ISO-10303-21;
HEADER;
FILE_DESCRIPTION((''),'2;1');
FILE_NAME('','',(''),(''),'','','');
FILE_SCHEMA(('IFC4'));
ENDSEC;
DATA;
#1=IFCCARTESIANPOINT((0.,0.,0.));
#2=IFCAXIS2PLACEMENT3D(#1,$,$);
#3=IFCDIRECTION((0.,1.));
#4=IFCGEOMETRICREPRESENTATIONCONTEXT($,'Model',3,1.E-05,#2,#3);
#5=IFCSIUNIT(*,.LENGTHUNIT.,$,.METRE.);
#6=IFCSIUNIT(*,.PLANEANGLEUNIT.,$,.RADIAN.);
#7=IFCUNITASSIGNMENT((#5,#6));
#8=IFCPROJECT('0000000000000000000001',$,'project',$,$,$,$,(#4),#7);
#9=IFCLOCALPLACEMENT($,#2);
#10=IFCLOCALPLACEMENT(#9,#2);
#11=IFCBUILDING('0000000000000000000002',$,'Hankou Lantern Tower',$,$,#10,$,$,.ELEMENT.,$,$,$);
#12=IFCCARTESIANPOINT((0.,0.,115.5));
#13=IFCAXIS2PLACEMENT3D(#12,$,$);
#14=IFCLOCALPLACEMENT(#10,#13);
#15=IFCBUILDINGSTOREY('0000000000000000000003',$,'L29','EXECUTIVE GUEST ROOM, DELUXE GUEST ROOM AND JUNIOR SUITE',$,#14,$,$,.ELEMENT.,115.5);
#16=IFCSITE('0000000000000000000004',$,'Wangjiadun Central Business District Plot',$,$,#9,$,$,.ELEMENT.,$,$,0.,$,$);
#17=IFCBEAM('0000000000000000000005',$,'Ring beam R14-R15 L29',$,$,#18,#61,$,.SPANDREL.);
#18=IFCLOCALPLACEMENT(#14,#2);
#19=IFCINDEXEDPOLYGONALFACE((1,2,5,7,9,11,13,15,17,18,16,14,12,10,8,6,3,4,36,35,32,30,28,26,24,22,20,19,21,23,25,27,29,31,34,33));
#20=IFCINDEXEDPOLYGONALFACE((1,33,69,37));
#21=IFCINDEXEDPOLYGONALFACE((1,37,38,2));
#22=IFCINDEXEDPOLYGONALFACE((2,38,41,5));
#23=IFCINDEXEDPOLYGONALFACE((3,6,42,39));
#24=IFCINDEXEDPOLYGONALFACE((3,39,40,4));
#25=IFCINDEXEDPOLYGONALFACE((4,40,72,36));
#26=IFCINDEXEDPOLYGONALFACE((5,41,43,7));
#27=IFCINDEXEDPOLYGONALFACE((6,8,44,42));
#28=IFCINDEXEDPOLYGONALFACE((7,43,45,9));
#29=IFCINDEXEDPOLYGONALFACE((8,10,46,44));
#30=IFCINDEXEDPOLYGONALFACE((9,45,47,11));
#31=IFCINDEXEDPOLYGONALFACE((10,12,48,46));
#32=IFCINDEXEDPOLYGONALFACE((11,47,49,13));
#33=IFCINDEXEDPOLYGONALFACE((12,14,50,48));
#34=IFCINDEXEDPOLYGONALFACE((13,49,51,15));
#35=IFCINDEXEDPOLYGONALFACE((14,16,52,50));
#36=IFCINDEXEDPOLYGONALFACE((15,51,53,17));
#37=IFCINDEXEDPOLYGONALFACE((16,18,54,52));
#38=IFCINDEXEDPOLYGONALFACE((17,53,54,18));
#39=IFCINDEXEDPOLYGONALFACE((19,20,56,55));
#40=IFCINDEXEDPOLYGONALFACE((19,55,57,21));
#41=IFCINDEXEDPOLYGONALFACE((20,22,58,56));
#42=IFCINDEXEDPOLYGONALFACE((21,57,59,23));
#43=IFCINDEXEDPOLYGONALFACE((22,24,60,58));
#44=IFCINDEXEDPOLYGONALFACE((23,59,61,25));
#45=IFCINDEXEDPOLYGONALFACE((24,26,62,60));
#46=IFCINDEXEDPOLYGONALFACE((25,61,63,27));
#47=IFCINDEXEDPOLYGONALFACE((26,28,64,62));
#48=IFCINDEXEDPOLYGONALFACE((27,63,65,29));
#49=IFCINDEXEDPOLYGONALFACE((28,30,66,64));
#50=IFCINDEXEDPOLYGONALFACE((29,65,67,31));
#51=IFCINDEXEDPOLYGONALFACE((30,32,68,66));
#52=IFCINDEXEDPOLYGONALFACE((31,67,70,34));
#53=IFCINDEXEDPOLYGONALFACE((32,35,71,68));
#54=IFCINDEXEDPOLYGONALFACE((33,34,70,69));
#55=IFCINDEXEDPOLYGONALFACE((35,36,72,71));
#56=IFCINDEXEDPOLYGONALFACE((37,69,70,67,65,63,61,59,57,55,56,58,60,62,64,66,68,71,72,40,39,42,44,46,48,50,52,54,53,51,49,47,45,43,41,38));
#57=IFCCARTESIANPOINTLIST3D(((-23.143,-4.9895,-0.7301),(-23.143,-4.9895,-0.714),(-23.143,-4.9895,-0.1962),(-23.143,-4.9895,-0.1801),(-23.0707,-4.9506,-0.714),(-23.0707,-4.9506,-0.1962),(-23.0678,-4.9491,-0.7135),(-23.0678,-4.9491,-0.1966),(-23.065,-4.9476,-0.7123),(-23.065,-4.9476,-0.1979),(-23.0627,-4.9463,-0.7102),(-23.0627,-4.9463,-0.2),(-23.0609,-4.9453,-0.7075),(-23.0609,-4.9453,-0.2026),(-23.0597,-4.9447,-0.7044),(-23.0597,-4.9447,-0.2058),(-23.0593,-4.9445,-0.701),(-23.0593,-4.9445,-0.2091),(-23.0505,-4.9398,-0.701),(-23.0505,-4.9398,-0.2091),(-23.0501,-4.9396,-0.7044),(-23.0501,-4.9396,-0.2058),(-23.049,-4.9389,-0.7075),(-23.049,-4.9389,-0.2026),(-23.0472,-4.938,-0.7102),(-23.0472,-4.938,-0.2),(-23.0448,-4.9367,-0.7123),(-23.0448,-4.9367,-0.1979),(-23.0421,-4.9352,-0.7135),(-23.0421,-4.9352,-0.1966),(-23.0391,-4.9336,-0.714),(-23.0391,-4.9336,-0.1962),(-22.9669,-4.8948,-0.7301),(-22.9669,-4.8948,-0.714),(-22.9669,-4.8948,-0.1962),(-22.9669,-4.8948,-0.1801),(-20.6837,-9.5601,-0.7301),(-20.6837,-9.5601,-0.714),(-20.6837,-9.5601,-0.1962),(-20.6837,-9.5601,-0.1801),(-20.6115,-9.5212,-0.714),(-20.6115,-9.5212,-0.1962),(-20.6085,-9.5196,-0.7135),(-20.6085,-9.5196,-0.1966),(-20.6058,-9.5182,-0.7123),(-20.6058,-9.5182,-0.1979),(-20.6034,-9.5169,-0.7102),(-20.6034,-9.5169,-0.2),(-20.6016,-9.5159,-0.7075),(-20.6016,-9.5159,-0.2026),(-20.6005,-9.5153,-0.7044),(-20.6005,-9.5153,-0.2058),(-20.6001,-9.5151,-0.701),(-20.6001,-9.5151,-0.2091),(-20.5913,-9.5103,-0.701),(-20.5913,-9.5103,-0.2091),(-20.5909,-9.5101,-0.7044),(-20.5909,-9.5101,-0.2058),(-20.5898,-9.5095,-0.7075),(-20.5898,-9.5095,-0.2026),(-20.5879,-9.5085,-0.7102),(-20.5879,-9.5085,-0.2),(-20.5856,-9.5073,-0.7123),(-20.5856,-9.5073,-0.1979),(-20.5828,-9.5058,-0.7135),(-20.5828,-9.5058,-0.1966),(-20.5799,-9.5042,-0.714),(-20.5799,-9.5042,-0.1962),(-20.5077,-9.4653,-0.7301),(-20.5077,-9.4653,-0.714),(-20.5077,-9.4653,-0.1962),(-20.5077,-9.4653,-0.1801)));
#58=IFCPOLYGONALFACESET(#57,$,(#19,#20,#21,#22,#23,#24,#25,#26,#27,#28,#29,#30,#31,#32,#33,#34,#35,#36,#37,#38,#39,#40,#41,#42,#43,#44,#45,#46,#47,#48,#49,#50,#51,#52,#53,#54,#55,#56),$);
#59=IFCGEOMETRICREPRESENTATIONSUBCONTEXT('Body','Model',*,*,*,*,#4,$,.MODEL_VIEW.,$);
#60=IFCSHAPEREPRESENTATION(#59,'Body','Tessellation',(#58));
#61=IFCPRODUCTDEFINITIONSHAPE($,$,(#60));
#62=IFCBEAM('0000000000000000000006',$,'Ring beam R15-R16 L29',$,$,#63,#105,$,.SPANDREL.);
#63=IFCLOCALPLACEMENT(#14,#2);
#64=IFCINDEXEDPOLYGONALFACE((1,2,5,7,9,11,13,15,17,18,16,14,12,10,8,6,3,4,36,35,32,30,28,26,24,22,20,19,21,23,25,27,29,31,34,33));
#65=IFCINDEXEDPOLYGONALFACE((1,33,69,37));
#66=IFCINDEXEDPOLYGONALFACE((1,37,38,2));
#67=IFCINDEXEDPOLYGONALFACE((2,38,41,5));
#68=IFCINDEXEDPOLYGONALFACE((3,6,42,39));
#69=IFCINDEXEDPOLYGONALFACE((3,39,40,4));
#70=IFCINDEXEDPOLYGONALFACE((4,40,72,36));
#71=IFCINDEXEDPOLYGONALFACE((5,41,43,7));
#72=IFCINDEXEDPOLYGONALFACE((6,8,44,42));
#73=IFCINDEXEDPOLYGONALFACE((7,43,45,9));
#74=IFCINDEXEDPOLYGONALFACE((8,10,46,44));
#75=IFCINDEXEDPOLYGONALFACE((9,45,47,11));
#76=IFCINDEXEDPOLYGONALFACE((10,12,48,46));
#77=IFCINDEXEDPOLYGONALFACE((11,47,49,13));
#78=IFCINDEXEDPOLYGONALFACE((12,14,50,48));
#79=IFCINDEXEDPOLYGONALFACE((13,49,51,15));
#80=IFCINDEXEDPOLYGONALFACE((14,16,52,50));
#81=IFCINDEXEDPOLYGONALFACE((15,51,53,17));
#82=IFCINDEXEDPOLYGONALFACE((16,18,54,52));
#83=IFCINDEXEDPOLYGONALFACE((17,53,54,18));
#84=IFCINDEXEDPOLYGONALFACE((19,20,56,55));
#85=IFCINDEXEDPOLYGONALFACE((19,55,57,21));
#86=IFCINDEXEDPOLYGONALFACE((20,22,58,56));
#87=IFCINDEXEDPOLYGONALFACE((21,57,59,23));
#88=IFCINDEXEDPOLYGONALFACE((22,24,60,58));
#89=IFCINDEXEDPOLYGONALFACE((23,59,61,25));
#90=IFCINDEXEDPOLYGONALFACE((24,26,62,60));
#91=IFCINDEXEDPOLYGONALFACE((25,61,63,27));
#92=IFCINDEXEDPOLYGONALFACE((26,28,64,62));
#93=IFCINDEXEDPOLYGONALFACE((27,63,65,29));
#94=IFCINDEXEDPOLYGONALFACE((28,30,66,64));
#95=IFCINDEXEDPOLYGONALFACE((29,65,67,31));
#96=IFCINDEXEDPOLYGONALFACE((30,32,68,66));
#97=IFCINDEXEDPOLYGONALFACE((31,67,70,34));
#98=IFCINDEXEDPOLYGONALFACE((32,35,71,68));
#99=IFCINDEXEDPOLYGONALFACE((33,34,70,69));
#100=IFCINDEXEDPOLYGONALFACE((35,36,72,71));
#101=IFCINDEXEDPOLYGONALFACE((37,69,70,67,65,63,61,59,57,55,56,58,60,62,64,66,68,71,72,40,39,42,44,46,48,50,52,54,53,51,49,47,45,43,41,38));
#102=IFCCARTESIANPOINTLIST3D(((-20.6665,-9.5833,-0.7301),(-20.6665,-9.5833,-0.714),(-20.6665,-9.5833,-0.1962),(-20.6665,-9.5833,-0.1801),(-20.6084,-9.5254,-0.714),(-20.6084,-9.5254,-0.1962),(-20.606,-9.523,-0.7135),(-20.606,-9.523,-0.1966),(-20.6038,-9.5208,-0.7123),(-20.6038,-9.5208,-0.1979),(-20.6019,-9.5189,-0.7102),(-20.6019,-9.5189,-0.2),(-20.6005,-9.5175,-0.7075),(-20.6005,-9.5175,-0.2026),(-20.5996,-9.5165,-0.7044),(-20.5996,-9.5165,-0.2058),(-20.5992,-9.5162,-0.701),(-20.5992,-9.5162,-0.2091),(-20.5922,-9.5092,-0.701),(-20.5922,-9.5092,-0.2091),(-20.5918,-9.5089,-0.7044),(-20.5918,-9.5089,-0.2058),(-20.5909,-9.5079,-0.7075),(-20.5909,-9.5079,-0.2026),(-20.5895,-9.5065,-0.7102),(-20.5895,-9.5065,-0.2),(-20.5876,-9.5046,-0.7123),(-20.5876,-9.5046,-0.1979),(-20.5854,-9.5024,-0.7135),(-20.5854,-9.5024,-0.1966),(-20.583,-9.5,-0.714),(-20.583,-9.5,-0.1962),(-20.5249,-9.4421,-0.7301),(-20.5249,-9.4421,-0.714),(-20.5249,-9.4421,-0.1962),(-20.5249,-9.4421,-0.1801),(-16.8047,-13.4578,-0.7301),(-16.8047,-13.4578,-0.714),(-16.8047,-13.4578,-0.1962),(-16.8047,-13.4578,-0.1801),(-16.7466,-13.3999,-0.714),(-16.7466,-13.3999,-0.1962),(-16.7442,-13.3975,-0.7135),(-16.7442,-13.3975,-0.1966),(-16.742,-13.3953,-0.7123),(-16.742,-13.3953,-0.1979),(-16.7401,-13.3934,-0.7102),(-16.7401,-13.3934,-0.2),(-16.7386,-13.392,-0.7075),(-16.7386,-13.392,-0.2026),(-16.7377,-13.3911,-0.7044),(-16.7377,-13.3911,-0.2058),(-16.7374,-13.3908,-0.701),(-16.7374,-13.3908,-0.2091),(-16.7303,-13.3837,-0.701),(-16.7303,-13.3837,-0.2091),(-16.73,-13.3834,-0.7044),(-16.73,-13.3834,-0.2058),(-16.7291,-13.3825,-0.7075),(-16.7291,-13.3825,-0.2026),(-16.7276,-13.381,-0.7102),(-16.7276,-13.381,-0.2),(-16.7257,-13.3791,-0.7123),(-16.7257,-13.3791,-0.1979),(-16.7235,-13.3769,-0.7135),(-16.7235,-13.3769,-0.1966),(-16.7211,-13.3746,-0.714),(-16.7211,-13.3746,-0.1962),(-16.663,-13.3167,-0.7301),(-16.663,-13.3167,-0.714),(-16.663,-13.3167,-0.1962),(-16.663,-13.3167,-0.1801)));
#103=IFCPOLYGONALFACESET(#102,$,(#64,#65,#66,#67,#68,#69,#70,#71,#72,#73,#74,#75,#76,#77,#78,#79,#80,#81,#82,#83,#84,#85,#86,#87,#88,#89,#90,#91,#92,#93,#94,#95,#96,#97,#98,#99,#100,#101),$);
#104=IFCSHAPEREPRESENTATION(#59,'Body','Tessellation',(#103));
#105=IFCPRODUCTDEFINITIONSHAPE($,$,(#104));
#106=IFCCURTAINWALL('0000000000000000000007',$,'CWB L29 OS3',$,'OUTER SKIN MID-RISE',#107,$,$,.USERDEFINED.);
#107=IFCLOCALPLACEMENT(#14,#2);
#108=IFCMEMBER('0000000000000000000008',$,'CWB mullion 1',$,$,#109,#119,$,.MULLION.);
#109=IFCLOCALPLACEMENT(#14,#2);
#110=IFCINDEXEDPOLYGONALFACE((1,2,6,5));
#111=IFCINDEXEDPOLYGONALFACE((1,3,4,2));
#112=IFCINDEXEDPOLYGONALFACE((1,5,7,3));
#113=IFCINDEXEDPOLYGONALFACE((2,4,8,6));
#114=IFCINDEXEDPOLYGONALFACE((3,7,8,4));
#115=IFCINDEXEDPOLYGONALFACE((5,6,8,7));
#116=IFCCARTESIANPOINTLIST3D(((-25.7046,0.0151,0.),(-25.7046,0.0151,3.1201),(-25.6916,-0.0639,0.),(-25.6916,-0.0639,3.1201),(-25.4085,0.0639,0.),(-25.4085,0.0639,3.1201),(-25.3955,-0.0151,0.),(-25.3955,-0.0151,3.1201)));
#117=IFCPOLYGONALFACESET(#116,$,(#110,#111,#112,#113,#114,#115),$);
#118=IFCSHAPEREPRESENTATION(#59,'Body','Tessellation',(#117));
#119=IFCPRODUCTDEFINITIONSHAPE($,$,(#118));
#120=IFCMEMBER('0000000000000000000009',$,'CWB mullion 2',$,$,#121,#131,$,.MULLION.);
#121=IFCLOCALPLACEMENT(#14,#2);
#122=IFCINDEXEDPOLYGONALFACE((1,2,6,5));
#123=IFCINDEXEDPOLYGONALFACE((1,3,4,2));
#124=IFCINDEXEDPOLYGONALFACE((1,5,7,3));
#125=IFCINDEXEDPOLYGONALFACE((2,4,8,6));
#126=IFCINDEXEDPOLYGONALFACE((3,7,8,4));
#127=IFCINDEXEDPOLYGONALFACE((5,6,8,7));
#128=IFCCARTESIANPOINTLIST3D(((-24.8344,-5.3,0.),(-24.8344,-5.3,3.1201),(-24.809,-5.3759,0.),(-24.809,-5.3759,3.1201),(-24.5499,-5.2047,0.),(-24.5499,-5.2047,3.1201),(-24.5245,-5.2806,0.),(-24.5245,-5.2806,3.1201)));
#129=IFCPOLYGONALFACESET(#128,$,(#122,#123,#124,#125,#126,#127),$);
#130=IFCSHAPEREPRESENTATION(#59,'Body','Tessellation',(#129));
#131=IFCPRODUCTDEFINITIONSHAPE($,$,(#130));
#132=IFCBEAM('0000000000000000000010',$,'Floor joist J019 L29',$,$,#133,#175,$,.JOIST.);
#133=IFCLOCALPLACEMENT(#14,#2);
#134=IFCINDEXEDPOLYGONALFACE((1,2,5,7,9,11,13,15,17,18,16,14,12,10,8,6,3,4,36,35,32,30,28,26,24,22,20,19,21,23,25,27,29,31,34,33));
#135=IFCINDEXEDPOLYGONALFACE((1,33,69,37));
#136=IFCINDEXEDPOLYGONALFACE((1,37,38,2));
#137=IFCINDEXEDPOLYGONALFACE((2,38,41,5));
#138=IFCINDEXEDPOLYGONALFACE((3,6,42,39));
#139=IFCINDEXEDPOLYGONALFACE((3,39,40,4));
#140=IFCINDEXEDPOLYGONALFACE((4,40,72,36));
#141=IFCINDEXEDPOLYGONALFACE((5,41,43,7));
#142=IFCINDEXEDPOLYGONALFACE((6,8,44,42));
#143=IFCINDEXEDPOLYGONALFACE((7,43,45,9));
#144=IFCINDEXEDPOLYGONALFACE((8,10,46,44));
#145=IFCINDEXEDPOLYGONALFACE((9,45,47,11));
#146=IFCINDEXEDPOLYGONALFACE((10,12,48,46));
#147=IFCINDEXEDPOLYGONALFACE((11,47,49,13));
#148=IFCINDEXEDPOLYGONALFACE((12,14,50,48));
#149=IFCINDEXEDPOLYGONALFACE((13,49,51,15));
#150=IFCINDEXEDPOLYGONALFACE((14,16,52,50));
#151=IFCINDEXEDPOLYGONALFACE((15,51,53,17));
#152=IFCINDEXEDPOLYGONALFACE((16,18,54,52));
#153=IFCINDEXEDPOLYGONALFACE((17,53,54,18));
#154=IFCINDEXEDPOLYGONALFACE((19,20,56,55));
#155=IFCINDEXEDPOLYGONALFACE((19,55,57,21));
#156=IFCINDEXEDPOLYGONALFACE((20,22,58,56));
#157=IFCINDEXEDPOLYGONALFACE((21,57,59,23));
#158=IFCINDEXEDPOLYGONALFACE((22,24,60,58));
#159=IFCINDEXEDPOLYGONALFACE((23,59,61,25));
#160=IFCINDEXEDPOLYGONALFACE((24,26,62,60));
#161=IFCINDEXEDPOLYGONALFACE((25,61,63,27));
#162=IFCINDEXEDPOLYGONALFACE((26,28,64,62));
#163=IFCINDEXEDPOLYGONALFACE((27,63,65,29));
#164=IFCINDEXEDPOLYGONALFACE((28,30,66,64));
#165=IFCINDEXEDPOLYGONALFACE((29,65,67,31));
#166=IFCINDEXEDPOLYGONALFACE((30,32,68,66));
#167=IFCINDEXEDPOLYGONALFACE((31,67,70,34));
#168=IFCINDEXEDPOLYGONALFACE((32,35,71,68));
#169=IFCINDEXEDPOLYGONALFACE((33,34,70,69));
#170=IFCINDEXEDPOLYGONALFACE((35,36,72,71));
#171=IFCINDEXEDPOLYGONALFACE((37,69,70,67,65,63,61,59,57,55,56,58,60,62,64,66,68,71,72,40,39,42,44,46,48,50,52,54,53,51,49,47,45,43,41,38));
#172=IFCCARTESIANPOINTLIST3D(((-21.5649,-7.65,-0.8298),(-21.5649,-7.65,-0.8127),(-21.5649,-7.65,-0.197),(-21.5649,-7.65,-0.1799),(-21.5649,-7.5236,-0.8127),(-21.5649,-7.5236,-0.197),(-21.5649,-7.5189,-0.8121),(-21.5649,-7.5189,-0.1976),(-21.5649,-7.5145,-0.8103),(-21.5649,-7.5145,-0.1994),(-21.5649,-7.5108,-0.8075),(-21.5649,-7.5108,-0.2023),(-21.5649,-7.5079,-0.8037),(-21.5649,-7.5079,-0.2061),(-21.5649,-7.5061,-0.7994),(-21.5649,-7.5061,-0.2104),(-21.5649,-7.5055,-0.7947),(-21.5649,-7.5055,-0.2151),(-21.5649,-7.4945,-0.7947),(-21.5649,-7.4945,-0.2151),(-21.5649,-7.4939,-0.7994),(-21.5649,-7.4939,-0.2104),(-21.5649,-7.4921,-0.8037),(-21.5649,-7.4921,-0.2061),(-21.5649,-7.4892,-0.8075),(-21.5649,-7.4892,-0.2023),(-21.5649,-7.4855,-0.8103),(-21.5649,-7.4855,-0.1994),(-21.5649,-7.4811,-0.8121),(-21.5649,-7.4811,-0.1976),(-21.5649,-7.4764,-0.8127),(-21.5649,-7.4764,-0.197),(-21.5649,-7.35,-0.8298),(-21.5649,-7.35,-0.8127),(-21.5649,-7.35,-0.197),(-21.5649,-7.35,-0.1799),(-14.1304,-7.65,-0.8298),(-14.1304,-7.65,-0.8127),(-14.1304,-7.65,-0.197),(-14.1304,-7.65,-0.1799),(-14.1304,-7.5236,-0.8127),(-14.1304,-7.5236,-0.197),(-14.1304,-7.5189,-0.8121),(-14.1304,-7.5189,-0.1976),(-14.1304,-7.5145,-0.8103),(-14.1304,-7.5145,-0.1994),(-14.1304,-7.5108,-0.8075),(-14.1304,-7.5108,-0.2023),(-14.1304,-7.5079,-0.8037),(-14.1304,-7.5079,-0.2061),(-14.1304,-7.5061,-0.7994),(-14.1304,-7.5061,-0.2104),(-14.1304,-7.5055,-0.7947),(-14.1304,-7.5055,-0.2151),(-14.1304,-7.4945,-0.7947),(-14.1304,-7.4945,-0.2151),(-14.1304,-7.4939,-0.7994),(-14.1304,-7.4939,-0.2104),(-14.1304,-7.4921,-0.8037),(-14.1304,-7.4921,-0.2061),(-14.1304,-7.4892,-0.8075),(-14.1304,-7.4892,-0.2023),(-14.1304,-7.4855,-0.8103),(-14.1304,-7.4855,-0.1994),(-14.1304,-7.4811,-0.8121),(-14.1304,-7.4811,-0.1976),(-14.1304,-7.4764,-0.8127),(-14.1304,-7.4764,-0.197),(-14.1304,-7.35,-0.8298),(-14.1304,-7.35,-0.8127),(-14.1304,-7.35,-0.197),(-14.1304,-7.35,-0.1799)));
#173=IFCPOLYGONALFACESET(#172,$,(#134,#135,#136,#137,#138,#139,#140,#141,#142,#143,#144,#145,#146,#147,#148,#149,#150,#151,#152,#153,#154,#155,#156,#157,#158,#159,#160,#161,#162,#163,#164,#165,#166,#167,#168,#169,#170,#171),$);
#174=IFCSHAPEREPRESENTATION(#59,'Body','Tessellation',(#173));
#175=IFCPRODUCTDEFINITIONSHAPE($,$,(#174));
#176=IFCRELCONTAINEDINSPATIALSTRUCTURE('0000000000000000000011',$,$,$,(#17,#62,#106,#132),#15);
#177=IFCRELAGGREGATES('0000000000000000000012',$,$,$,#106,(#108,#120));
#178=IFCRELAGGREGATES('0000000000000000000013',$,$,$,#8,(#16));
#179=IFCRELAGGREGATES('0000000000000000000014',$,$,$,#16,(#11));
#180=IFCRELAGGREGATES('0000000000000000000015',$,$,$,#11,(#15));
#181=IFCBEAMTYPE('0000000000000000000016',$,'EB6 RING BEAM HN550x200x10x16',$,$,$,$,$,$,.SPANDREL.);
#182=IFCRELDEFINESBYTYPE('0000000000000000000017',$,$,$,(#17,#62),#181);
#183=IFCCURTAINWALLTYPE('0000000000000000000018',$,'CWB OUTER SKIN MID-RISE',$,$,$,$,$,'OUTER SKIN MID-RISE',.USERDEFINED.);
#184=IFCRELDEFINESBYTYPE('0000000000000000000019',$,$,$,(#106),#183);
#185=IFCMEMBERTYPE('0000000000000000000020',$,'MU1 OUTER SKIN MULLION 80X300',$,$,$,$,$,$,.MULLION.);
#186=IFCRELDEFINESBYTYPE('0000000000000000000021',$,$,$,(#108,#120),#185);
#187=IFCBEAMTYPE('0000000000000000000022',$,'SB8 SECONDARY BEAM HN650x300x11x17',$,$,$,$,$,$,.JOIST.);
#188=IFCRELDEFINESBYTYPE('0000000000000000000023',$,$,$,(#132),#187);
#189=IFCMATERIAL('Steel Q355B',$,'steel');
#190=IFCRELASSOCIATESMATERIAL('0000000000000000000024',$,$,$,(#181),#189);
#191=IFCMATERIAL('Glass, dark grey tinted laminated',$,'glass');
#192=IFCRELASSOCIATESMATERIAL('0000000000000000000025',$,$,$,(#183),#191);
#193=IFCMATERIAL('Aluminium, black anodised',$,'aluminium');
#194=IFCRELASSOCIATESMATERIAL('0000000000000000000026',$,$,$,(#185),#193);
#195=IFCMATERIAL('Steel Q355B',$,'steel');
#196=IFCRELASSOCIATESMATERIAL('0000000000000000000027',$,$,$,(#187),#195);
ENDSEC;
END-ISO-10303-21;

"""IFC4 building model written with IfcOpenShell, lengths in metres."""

from ifc_helpers import new_model, si_unit, direction, frame, origin, origin_2d, place, context, subcontext, project, spatial, rectangle, i_section, extrude, material, material_profile, profile_set, type_object, element, aggregate, save


model = new_model("IFC4")

# Units and contexts
model_context = context("Model", 3, precision=1e-05, world=origin(), true_north=direction((0.0, 1.0)))
body_context = subcontext(model_context, "Body", "Model", "MODEL_VIEW")
ifc_project = project(units=[si_unit("LENGTHUNIT", "METRE"), si_unit("PLANEANGLEUNIT", "RADIAN")], contexts=[model_context])

# Site, building, storey
site_placement = place(None, origin())
site = spatial("IfcSite", under=ifc_project, at=site_placement, Name="Wangjiadun Central Business District Plot", CompositionType="ELEMENT", RefElevation=0.0)
building_placement = place(site_placement, origin())
building = spatial("IfcBuilding", under=site, at=building_placement, Name="Hankou Lantern Tower", CompositionType="ELEMENT")
storey_placement = place(building_placement, frame((0.0, 0.0, 115.5)))
storey = spatial("IfcBuildingStorey", under=building, at=storey_placement, Name="L29", Description="EXECUTIVE GUEST ROOM, DELUXE GUEST ROOM AND JUNIOR SUITE", CompositionType="ELEMENT", Elevation=115.5)

# Beams
ifc_material_1 = material(Name="Steel Q355B", Category="steel")
ifc_material_profile_1 = material_profile(ifc_material_1, i_section(OverallWidth=0.2, OverallDepth=0.55, WebThickness=0.01, FlangeThickness=0.0161, FilletRadius=0.0129, at=origin_2d()), Name="HN550x200x10x16")
ifc_profile_set_1 = profile_set([ifc_material_profile_1], Name="Steel Q355B")
beam_type_1 = type_object("IfcBeamType", Name="EB6 RING BEAM HN550x200x10x16", PredefinedType="SPANDREL", material=ifc_profile_set_1)
beam_1_placement = place(storey_placement, frame((-23.0549, -4.9421, -0.4551), z_axis=(0.473825, -0.880619, 0.0), x_axis=(0.880619, 0.473825, 0.0)))
element("IfcBeam", 1, at=beam_1_placement, inside=storey, type_object=beam_type_1, Name="Ring beam R14-R15 L29", PredefinedType="SPANDREL", context=body_context, shape_type="SweptSolid", body=[
    extrude(i_section(OverallWidth=0.2, OverallDepth=0.55, WebThickness=0.01, FlangeThickness=0.0161, FilletRadius=0.0129, at=origin_2d()), origin(), (0.0, 0.0, 1.0), 5.1902),
])
beam_2_placement = place(storey_placement, frame((-20.5957, -9.5127, -0.4551), z_axis=(0.705945, -0.708266, 0.0), x_axis=(0.708266, 0.705945, 0.0)))
element("IfcBeam", 2, at=beam_2_placement, inside=storey, type_object=beam_type_1, Name="Ring beam R15-R16 L29", PredefinedType="SPANDREL", context=body_context, shape_type="SweptSolid", body=[
    extrude(i_section(OverallWidth=0.2, OverallDepth=0.55, WebThickness=0.01, FlangeThickness=0.0161, FilletRadius=0.0129, at=origin_2d()), origin(), (0.0, 0.0, 1.0), 5.4705),
])

# Curtain wall, members
ifc_material_2 = material(Name="Glass, dark grey tinted laminated", Category="glass")
curtain_wall_type = type_object("IfcCurtainWallType", Name="CWB OUTER SKIN MID-RISE", ElementType="OUTER SKIN MID-RISE", PredefinedType="USERDEFINED", material=ifc_material_2)
curtain_wall_placement = place(storey_placement, origin())
curtain_wall = element("IfcCurtainWall", 3, at=curtain_wall_placement, inside=storey, type_object=curtain_wall_type, Name="CWB L29 OS3", ObjectType="OUTER SKIN MID-RISE", PredefinedType="USERDEFINED")
ifc_material_3 = material(Name="Aluminium, black anodised", Category="aluminium")
ifc_material_profile_2 = material_profile(ifc_material_3, rectangle(XDim=0.0801, YDim=0.3, at=origin_2d()), Name="MU1 80X300")
ifc_profile_set_2 = profile_set([ifc_material_profile_2], Name="Aluminium, black anodised")
member_type_1 = type_object("IfcMemberType", Name="MU1 OUTER SKIN MULLION 80X300", PredefinedType="MULLION", material=ifc_profile_set_2)
member_1_placement = place(storey_placement, frame((-25.55, 0.0, 0.0), z_axis=(0.0, 0.0, 1.0), x_axis=(0.162382, -0.986728, 0.0)))
member_1 = element("IfcMember", 4, at=member_1_placement, type_object=member_type_1, Name="CWB mullion 1", PredefinedType="MULLION", context=body_context, shape_type="SweptSolid", body=[
    extrude(rectangle(XDim=0.0801, YDim=0.3, at=origin_2d()), origin(), (0.0, 0.0, 1.0), 3.1201),
])
member_2_placement = place(storey_placement, frame((-24.6794, -5.2903, 0.0), z_axis=(0.0, 0.0, 1.0), x_axis=(0.317596, -0.948226, 0.0)))
member_2 = element("IfcMember", 5, at=member_2_placement, type_object=member_type_1, Name="CWB mullion 2", PredefinedType="MULLION", context=body_context, shape_type="SweptSolid", body=[
    extrude(rectangle(XDim=0.0801, YDim=0.3, at=origin_2d()), origin(), (0.0, 0.0, 1.0), 3.1201),
])

# Beam
ifc_material_4 = material(Name="Steel Q355B", Category="steel")
ifc_material_profile_3 = material_profile(ifc_material_4, i_section(OverallWidth=0.3, OverallDepth=0.6499, WebThickness=0.011, FlangeThickness=0.0171, FilletRadius=0.0181, at=origin_2d()), Name="HN650x300x11x17")
ifc_profile_set_3 = profile_set([ifc_material_profile_3], Name="Steel Q355B")
beam_type_2 = type_object("IfcBeamType", Name="SB8 SECONDARY BEAM HN650x300x11x17", PredefinedType="JOIST", material=ifc_profile_set_3)
beam_3_placement = place(storey_placement, frame((-21.5649, -7.5, -0.5049), z_axis=(1.0, 0.0, 0.0), x_axis=(0.0, 1.0, 0.0)))
element("IfcBeam", 6, at=beam_3_placement, inside=storey, type_object=beam_type_2, Name="Floor joist J019 L29", PredefinedType="JOIST", context=body_context, shape_type="SweptSolid", body=[
    extrude(i_section(OverallWidth=0.3, OverallDepth=0.6499, WebThickness=0.011, FlangeThickness=0.0171, FilletRadius=0.0181, at=origin_2d()), origin(), (0.0, 0.0, 1.0), 7.4346),
])

aggregate(curtain_wall, [member_1, member_2])

save(model, "model.ifc")
